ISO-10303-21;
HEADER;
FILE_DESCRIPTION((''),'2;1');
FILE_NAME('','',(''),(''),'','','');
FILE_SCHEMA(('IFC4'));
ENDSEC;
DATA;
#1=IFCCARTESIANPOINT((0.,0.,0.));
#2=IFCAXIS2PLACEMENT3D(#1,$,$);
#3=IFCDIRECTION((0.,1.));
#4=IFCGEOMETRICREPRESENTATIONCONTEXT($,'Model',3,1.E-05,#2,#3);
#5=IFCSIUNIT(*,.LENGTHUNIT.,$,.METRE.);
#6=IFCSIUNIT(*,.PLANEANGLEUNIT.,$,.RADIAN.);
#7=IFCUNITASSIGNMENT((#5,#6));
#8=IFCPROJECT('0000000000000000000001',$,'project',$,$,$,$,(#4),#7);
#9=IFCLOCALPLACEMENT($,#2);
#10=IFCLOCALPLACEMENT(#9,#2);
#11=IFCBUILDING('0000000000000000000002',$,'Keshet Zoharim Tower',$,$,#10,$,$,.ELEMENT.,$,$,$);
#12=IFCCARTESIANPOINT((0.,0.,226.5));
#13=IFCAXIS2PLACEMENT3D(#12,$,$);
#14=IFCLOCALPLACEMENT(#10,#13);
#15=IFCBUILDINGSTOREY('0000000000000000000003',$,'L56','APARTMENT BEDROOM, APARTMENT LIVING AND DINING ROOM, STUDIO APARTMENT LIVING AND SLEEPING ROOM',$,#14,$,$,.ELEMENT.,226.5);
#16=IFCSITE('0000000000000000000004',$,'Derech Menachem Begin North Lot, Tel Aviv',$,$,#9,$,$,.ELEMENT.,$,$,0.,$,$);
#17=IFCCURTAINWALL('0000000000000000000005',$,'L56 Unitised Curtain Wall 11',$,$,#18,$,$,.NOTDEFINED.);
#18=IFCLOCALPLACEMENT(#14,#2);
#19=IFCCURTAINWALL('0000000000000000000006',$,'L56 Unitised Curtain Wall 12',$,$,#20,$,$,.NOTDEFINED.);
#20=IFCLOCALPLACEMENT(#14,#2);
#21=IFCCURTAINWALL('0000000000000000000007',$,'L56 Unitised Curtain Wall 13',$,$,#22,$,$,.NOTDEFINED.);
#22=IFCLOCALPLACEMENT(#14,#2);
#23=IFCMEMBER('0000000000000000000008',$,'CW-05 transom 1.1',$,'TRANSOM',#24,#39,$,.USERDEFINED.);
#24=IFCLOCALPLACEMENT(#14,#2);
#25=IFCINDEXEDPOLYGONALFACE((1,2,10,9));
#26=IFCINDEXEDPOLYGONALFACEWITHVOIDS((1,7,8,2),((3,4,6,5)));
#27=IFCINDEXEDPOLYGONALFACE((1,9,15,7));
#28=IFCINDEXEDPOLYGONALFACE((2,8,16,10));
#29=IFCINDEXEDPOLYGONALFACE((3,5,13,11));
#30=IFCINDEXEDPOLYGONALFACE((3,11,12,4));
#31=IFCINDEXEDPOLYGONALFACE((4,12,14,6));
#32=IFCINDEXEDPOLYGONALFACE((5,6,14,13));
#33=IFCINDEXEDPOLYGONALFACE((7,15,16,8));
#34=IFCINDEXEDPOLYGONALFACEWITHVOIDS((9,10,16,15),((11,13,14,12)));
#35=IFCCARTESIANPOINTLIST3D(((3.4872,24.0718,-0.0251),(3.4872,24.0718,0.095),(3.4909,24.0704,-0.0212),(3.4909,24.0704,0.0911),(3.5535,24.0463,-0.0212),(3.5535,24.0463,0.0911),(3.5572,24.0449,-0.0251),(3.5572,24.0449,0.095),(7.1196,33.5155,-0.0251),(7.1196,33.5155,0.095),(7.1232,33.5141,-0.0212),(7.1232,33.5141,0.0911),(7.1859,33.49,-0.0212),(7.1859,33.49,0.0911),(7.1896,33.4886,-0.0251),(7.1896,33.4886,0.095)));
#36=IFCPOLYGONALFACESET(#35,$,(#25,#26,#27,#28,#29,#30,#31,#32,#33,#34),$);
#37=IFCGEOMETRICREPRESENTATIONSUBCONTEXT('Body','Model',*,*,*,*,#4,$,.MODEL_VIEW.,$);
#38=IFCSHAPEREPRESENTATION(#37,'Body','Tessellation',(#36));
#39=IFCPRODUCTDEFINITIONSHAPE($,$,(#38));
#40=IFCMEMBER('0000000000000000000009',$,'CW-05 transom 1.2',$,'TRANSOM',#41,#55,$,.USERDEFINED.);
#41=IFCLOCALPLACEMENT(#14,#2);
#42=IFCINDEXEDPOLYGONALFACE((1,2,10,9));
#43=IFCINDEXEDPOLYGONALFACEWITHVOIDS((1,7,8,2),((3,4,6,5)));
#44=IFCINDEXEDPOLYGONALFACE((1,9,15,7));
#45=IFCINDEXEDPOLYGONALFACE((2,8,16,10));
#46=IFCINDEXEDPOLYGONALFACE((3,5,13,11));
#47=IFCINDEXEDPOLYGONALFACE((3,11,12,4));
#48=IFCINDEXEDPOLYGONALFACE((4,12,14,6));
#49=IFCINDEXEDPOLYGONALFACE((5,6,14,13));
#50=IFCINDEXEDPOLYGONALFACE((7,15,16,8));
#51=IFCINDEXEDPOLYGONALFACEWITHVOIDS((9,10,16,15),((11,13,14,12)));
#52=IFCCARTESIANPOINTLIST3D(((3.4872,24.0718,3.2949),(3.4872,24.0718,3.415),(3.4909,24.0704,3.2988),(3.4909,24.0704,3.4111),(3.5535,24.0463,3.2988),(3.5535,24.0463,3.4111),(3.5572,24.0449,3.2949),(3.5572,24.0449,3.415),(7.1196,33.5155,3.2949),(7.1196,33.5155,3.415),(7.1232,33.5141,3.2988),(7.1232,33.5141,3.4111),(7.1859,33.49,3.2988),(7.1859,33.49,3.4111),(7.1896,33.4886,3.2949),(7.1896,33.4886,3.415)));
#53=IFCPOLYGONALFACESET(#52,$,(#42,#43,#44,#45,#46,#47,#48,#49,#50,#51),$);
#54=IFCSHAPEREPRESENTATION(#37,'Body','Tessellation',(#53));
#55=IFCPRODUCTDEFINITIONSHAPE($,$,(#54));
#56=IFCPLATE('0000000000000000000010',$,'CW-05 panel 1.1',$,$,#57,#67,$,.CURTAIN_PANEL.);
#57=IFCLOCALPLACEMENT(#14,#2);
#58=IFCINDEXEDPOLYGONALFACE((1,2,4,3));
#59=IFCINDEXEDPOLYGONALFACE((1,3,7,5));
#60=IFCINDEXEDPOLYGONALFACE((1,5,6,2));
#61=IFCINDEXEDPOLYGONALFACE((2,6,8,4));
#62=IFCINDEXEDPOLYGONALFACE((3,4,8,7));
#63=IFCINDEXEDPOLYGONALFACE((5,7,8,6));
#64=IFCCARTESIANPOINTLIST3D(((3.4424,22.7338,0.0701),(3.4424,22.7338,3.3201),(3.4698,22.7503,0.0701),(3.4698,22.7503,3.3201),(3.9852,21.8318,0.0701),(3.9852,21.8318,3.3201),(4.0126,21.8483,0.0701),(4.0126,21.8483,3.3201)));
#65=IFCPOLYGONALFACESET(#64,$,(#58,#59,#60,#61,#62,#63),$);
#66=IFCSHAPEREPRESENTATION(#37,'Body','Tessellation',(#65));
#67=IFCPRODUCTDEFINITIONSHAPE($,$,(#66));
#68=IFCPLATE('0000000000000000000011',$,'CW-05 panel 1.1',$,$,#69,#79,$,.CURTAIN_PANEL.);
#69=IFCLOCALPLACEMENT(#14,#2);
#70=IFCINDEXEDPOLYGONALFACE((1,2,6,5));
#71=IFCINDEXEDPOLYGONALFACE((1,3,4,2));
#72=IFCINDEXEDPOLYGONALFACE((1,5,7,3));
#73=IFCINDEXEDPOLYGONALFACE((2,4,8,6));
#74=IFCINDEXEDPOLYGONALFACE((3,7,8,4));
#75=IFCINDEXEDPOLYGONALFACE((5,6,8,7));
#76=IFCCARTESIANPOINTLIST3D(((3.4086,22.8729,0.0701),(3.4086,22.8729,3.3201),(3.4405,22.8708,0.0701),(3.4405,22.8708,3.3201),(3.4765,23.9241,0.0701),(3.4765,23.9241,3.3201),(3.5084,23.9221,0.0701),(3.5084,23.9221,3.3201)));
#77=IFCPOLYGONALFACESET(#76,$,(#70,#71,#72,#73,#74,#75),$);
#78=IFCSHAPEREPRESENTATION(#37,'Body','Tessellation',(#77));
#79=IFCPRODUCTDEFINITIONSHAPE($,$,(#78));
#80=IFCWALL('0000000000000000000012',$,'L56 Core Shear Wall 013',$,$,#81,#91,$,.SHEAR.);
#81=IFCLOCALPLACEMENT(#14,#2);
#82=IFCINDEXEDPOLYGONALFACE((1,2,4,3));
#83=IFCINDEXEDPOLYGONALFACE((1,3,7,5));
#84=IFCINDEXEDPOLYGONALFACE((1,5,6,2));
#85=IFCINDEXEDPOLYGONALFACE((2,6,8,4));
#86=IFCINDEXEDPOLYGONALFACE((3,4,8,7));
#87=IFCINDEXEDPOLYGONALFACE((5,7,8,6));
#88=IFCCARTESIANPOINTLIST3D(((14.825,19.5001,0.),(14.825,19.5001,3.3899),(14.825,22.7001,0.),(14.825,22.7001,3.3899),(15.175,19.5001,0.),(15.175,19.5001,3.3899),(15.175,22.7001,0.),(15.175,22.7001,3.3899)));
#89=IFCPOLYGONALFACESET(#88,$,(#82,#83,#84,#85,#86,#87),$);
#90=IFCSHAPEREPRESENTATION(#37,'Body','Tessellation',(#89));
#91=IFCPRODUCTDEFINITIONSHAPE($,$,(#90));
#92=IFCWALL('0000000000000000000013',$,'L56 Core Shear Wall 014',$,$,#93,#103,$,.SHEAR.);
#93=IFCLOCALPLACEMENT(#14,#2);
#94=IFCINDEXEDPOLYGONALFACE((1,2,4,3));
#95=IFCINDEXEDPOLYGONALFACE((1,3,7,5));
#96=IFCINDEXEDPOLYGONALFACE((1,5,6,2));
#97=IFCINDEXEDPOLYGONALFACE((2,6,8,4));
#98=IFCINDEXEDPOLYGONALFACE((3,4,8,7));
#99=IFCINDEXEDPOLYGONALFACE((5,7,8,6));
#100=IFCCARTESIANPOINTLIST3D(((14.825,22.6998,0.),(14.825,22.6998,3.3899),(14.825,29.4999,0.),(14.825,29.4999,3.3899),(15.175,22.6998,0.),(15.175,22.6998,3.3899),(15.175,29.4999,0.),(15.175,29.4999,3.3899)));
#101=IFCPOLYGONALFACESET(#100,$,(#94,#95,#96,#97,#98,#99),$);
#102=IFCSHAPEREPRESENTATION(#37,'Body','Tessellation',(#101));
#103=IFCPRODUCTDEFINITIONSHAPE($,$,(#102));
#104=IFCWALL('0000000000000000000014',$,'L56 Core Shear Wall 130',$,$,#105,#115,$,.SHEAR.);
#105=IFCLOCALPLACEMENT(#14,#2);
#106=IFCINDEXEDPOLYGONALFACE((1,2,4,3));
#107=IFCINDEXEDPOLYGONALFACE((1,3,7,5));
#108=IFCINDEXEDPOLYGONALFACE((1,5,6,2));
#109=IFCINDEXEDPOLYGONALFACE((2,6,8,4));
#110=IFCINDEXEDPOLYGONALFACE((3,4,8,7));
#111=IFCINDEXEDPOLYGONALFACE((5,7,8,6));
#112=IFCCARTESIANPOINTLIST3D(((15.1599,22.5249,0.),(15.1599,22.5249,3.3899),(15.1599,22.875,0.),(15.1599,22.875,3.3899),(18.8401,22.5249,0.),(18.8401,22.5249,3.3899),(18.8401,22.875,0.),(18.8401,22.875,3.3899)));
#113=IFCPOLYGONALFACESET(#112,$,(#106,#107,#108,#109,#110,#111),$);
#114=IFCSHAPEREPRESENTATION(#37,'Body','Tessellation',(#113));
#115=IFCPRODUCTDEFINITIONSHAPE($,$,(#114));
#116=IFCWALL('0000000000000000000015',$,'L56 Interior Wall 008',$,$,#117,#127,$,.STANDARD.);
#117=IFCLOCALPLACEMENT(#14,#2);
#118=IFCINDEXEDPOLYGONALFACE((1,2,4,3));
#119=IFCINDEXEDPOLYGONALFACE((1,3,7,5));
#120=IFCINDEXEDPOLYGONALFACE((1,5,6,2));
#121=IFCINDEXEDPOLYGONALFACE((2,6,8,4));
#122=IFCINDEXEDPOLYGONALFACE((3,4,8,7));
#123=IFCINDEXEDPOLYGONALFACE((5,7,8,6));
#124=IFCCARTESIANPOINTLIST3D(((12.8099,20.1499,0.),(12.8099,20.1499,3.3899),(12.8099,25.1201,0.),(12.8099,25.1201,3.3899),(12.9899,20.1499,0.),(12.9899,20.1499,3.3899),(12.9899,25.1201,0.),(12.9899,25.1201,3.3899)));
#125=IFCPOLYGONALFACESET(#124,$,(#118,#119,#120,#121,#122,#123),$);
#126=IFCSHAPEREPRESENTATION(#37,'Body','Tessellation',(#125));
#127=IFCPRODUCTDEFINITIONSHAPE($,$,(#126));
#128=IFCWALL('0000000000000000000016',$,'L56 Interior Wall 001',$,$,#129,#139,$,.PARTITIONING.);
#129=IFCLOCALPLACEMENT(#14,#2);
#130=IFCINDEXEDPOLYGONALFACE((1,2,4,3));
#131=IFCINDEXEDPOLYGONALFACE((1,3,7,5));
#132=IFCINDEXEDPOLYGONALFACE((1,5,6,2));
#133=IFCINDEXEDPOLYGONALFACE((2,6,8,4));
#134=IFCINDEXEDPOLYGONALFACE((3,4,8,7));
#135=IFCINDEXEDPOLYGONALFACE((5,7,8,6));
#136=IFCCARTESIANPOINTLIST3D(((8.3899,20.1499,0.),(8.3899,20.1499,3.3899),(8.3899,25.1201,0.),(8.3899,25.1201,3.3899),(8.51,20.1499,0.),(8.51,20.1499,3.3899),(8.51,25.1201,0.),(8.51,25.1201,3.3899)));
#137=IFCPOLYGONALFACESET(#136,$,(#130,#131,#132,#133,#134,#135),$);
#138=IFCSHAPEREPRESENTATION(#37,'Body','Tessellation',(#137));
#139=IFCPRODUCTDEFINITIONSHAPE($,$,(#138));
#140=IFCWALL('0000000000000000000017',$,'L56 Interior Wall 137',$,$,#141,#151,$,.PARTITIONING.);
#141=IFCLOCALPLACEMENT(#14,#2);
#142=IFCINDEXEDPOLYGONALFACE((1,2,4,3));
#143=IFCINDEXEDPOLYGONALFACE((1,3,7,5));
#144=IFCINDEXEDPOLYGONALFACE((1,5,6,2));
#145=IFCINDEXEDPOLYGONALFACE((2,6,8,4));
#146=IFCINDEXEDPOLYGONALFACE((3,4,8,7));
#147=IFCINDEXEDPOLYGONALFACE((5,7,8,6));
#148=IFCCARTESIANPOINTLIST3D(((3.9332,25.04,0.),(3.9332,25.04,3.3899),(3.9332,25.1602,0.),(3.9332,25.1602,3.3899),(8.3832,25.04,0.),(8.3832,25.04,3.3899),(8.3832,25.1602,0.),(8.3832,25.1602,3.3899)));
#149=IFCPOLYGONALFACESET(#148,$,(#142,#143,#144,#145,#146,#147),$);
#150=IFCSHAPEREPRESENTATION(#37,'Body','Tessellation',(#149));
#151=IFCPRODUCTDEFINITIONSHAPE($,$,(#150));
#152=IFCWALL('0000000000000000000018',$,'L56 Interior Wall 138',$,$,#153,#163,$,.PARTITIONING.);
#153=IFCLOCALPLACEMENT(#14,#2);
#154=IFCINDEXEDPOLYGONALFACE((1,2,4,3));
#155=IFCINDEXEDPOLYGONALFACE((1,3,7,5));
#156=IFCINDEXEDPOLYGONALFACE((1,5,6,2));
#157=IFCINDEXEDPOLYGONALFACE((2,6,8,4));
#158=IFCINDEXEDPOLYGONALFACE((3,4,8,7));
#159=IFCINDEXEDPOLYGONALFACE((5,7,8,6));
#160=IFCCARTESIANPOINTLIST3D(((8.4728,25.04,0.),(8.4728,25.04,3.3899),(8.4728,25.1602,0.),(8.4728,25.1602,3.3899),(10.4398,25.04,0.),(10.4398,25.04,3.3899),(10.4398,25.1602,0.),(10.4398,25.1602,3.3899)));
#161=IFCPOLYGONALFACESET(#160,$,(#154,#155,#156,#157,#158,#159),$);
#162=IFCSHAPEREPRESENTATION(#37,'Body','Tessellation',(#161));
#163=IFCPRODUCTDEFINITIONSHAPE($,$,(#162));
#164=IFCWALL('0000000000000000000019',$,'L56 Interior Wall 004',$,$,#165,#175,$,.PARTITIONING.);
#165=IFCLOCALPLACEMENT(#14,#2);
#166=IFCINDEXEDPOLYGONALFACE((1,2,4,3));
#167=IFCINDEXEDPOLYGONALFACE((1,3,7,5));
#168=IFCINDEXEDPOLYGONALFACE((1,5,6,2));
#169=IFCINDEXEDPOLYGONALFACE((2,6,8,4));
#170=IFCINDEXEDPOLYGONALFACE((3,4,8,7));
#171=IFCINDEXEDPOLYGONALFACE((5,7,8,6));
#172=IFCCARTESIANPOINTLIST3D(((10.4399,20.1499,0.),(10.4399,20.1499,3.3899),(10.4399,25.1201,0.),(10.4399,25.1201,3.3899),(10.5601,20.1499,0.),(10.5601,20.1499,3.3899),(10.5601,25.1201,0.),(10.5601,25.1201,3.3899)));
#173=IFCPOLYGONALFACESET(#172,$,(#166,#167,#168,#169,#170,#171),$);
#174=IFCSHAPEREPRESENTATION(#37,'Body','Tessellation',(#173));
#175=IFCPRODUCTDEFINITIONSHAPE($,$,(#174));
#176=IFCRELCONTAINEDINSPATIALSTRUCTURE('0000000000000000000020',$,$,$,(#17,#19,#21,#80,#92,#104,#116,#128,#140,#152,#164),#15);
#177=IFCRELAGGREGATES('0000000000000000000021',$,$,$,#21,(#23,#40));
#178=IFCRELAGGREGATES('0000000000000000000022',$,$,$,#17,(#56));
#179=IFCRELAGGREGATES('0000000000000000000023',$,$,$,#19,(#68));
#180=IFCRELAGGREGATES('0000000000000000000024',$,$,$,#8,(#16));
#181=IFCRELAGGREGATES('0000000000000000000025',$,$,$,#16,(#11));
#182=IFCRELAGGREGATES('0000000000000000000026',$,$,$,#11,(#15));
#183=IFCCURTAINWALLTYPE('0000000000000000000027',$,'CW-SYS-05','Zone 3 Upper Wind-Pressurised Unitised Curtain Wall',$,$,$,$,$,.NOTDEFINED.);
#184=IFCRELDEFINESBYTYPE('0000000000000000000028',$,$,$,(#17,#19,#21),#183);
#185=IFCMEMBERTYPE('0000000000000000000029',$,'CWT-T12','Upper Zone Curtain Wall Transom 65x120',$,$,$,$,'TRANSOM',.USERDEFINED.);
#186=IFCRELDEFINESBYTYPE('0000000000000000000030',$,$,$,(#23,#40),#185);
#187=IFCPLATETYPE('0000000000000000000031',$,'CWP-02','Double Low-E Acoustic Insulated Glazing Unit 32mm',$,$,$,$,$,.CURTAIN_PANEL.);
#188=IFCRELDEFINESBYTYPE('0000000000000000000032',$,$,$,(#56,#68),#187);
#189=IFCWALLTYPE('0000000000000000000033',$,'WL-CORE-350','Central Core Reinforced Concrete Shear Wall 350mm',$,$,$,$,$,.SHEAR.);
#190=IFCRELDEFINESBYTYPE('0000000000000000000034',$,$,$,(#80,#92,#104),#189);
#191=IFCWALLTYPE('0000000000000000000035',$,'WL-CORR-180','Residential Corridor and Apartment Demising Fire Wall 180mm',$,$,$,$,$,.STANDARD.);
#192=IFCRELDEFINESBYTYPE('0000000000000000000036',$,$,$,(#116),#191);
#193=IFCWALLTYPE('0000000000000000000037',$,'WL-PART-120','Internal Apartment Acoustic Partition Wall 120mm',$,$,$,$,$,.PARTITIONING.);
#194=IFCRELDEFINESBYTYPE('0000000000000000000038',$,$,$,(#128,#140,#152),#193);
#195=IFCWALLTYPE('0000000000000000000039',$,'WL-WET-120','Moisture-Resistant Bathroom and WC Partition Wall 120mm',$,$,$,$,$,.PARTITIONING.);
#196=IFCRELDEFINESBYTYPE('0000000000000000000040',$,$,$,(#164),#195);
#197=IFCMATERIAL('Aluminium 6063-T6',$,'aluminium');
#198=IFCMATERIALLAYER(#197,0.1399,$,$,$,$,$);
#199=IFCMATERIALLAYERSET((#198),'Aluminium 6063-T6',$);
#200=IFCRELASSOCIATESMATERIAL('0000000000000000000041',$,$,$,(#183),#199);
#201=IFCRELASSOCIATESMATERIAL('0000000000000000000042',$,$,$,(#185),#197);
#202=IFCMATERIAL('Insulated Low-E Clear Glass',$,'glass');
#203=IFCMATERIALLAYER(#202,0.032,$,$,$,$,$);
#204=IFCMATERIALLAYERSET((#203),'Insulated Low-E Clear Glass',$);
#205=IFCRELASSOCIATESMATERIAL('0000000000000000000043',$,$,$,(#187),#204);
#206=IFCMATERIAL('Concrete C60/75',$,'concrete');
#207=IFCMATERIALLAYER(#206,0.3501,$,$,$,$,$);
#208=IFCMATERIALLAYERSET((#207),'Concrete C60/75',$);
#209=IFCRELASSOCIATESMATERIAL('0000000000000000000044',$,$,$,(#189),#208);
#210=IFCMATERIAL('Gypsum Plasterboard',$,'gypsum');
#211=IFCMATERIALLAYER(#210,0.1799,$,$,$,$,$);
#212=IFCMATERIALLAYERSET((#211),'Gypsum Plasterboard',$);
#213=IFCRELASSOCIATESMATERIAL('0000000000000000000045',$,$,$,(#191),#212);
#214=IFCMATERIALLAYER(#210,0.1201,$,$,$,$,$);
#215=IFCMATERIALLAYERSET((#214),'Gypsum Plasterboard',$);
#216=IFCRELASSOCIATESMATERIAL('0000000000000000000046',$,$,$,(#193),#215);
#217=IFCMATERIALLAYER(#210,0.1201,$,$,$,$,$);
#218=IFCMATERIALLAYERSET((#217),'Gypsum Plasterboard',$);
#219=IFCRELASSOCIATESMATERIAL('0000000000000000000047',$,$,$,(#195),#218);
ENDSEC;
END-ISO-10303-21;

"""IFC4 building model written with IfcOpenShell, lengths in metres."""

from ifc_helpers import new_model, si_unit, direction, frame, frame_2d, origin, origin_2d, place, context, subcontext, project, spatial, rectangle, hollow_rectangle, extrude, material, layer, layer_set, material_profile, profile_set, type_object, element, aggregate, save


model = new_model("IFC4")

# Units and contexts
model_context = context("Model", 3, precision=1e-05, world=origin(), true_north=direction((0.0, 1.0)))
body_context = subcontext(model_context, "Body", "Model", "MODEL_VIEW")
ifc_project = project(units=[si_unit("LENGTHUNIT", "METRE"), si_unit("PLANEANGLEUNIT", "RADIAN")], contexts=[model_context])

# Site, building, storey
site_placement = place(None, origin())
site = spatial("IfcSite", under=ifc_project, at=site_placement, Name="Derech Menachem Begin North Lot, Tel Aviv", CompositionType="ELEMENT", RefElevation=0.0)
building_placement = place(site_placement, origin())
building = spatial("IfcBuilding", under=site, at=building_placement, Name="Keshet Zoharim Tower", CompositionType="ELEMENT")
storey_placement = place(building_placement, frame((0.0, 0.0, 226.5)))
storey = spatial("IfcBuildingStorey", under=building, at=storey_placement, Name="L56", Description="APARTMENT BEDROOM, APARTMENT LIVING AND DINING ROOM, STUDIO APARTMENT LIVING AND SLEEPING ROOM", CompositionType="ELEMENT", Elevation=226.5)

# Shared definitions
ifc_material_1 = material(Name="Aluminium 6063-T6", Category="aluminium")
ifc_layer_1 = layer(ifc_material_1, 0.1399)
ifc_layer_set_1 = layer_set([ifc_layer_1], Name="Aluminium 6063-T6")
curtain_wall_type = type_object("IfcCurtainWallType", Name="CW-SYS-05", Description="Zone 3 Upper Wind-Pressurised Unitised Curtain Wall", PredefinedType="NOTDEFINED", material=ifc_layer_set_1)

# Curtain walls
curtain_wall_1_placement = place(storey_placement, origin())
curtain_wall_1 = element("IfcCurtainWall", 1, at=curtain_wall_1_placement, inside=storey, type_object=curtain_wall_type, Name="L56 Unitised Curtain Wall 11", PredefinedType="NOTDEFINED")
curtain_wall_2_placement = place(storey_placement, origin())
curtain_wall_2 = element("IfcCurtainWall", 2, at=curtain_wall_2_placement, inside=storey, type_object=curtain_wall_type, Name="L56 Unitised Curtain Wall 12", PredefinedType="NOTDEFINED")

# Curtain wall
curtain_wall_3_placement = place(storey_placement, origin())
curtain_wall_3 = element("IfcCurtainWall", 3, at=curtain_wall_3_placement, inside=storey, type_object=curtain_wall_type, Name="L56 Unitised Curtain Wall 13", PredefinedType="NOTDEFINED")

# Members
ifc_material_profile_1 = material_profile(ifc_material_1, hollow_rectangle(XDim=0.075, YDim=0.1201, WallThickness=0.0039, at=origin_2d()), Name="TRN-75x120")
ifc_profile_set_1 = profile_set([ifc_material_profile_1], Name="Aluminium 6063-T6")
member_type_1 = type_object("IfcMemberType", Name="CWT-T12", Description="Upper Zone Curtain Wall Transom 65x120", ElementType="TRANSOM", PredefinedType="USERDEFINED", material=ifc_profile_set_1)
member_1_placement = place(storey_placement, frame((3.5222, 24.0583, 0.0349), z_axis=(0.358994, 0.93334, 0.0), x_axis=(-0.93334, 0.358994, 0.0)))
member_1 = element("IfcMember", 4, at=member_1_placement, type_object=member_type_1, Name="CW-05 transom 1.1", ObjectType="TRANSOM", PredefinedType="USERDEFINED", context=body_context, shape_type="SweptSolid", body=[
    extrude(hollow_rectangle(XDim=0.075, YDim=0.1201, WallThickness=0.0039, at=origin_2d()), origin(), (0.0, 0.0, 1.0), 10.1182),
])
member_2_placement = place(storey_placement, frame((3.5222, 24.0583, 3.355), z_axis=(0.358994, 0.93334, 0.0), x_axis=(-0.93334, 0.358994, 0.0)))
member_2 = element("IfcMember", 5, at=member_2_placement, type_object=member_type_1, Name="CW-05 transom 1.2", ObjectType="TRANSOM", PredefinedType="USERDEFINED", context=body_context, shape_type="SweptSolid", body=[
    extrude(hollow_rectangle(XDim=0.075, YDim=0.1201, WallThickness=0.0039, at=origin_2d()), origin(), (0.0, 0.0, 1.0), 10.1182),
])
aggregate(curtain_wall_3, [member_1, member_2])

# Plates
ifc_material_2 = material(Name="Insulated Low-E Clear Glass", Category="glass")
ifc_layer_2 = layer(ifc_material_2, 0.032)
ifc_layer_set_2 = layer_set([ifc_layer_2], Name="Insulated Low-E Clear Glass")
plate_type = type_object("IfcPlateType", Name="CWP-02", Description="Double Low-E Acoustic Insulated Glazing Unit 32mm", PredefinedType="CURTAIN_PANEL", material=ifc_layer_set_2)
plate_1_placement = place(storey_placement, frame((3.7275, 22.291, 0.0701), z_axis=(0.0, 0.0, 1.0), x_axis=(-0.515605, 0.856826, 0.0)))
plate_1 = element("IfcPlate", 6, at=plate_1_placement, type_object=plate_type, Name="CW-05 panel 1.1", PredefinedType="CURTAIN_PANEL", context=body_context, shape_type="SweptSolid", body=[
    extrude(rectangle(XDim=1.0527, YDim=0.032, at=origin_2d()), origin(), (0.0, 0.0, 1.0), 3.25),
])
aggregate(curtain_wall_1, [plate_1])
plate_2_placement = place(storey_placement, frame((3.4585, 23.3975, 0.0701), z_axis=(0.0, 0.0, 1.0), x_axis=(0.064517, 0.997917, 0.0)))
plate_2 = element("IfcPlate", 7, at=plate_2_placement, type_object=plate_type, Name="CW-05 panel 1.1", PredefinedType="CURTAIN_PANEL", context=body_context, shape_type="SweptSolid", body=[
    extrude(rectangle(XDim=1.0535, YDim=0.032, at=origin_2d()), origin(), (0.0, 0.0, 1.0), 3.25),
])
aggregate(curtain_wall_2, [plate_2])

# Walls
ifc_material_3 = material(Name="Concrete C60/75", Category="concrete")
ifc_layer_3 = layer(ifc_material_3, 0.3501)
ifc_layer_set_3 = layer_set([ifc_layer_3], Name="Concrete C60/75")
wall_type_1 = type_object("IfcWallType", Name="WL-CORE-350", Description="Central Core Reinforced Concrete Shear Wall 350mm", PredefinedType="SHEAR", material=ifc_layer_set_3)
wall_1_placement = place(storey_placement, frame((15.0, 19.5, 0.0), z_axis=(0.0, 0.0, 1.0), x_axis=(0.0, 1.0, 0.0)))
element("IfcWall", 8, at=wall_1_placement, inside=storey, type_object=wall_type_1, Name="L56 Core Shear Wall 013", PredefinedType="SHEAR", context=body_context, shape_type="SweptSolid", body=[
    extrude(rectangle(XDim=3.2, YDim=0.3501, at=frame_2d((1.6001, 0.0))), origin(), (0.0, 0.0, 1.0), 3.3899),
])
wall_2_placement = place(storey_placement, frame((15.0, 22.7, 0.0), z_axis=(0.0, 0.0, 1.0), x_axis=(0.0, 1.0, 0.0)))
element("IfcWall", 9, at=wall_2_placement, inside=storey, type_object=wall_type_1, Name="L56 Core Shear Wall 014", PredefinedType="SHEAR", context=body_context, shape_type="SweptSolid", body=[
    extrude(rectangle(XDim=6.8, YDim=0.3501, at=frame_2d((3.3999, 0.0))), origin(), (0.0, 0.0, 1.0), 3.3899),
])
wall_3_placement = place(storey_placement, frame((15.1599, 22.7, 0.0), z_axis=(0.0, 0.0, 1.0), x_axis=(1.0, 0.0, 0.0)))
element("IfcWall", 10, at=wall_3_placement, inside=storey, type_object=wall_type_1, Name="L56 Core Shear Wall 130", PredefinedType="SHEAR", context=body_context, shape_type="SweptSolid", body=[
    extrude(rectangle(XDim=3.6802, YDim=0.3501, at=frame_2d((1.8401, 0.0))), origin(), (0.0, 0.0, 1.0), 3.3899),
])
ifc_material_4 = material(Name="Gypsum Plasterboard", Category="gypsum")
ifc_layer_4 = layer(ifc_material_4, 0.1799)
ifc_layer_set_4 = layer_set([ifc_layer_4], Name="Gypsum Plasterboard")
wall_type_2 = type_object("IfcWallType", Name="WL-CORR-180", Description="Residential Corridor and Apartment Demising Fire Wall 180mm", PredefinedType="STANDARD", material=ifc_layer_set_4)
wall_4_placement = place(storey_placement, frame((12.8999, 20.1499, 0.0), z_axis=(0.0, 0.0, 1.0), x_axis=(0.0, 1.0, 0.0)))
element("IfcWall", 11, at=wall_4_placement, inside=storey, type_object=wall_type_2, Name="L56 Interior Wall 008", PredefinedType="STANDARD", context=body_context, shape_type="SweptSolid", body=[
    extrude(rectangle(XDim=4.9702, YDim=0.1799, at=frame_2d((2.4851, 0.0))), origin(), (0.0, 0.0, 1.0), 3.3899),
])

# Wall
ifc_layer_5 = layer(ifc_material_4, 0.1201)
ifc_layer_set_5 = layer_set([ifc_layer_5], Name="Gypsum Plasterboard")
wall_type_3 = type_object("IfcWallType", Name="WL-PART-120", Description="Internal Apartment Acoustic Partition Wall 120mm", PredefinedType="PARTITIONING", material=ifc_layer_set_5)
wall_5_placement = place(storey_placement, frame((8.45, 20.1499, 0.0), z_axis=(0.0, 0.0, 1.0), x_axis=(0.0, 1.0, 0.0)))
element("IfcWall", 12, at=wall_5_placement, inside=storey, type_object=wall_type_3, Name="L56 Interior Wall 001", PredefinedType="PARTITIONING", context=body_context, shape_type="SweptSolid", body=[
    extrude(rectangle(XDim=4.9702, YDim=0.1201, at=frame_2d((2.4851, 0.0))), origin(), (0.0, 0.0, 1.0), 3.3899),
])

# Walls
wall_6_placement = place(storey_placement, frame((3.9331, 25.1001, 0.0), z_axis=(0.0, 0.0, 1.0), x_axis=(1.0, 0.0, 0.0)))
element("IfcWall", 13, at=wall_6_placement, inside=storey, type_object=wall_type_3, Name="L56 Interior Wall 137", PredefinedType="PARTITIONING", context=body_context, shape_type="SweptSolid", body=[
    extrude(rectangle(XDim=4.45, YDim=0.1201, at=frame_2d((2.2251, 0.0))), origin(), (0.0, 0.0, 1.0), 3.3899),
])
wall_7_placement = place(storey_placement, frame((8.4729, 25.1001, 0.0), z_axis=(0.0, 0.0, 1.0), x_axis=(1.0, 0.0, 0.0)))
element("IfcWall", 14, at=wall_7_placement, inside=storey, type_object=wall_type_3, Name="L56 Interior Wall 138", PredefinedType="PARTITIONING", context=body_context, shape_type="SweptSolid", body=[
    extrude(rectangle(XDim=1.967, YDim=0.1201, at=frame_2d((0.9834, 0.0))), origin(), (0.0, 0.0, 1.0), 3.3899),
])
ifc_layer_6 = layer(ifc_material_4, 0.1201)
ifc_layer_set_6 = layer_set([ifc_layer_6], Name="Gypsum Plasterboard")
wall_type_4 = type_object("IfcWallType", Name="WL-WET-120", Description="Moisture-Resistant Bathroom and WC Partition Wall 120mm", PredefinedType="PARTITIONING", material=ifc_layer_set_6)
wall_8_placement = place(storey_placement, frame((10.5, 20.1499, 0.0), z_axis=(0.0, 0.0, 1.0), x_axis=(0.0, 1.0, 0.0)))
element("IfcWall", 15, at=wall_8_placement, inside=storey, type_object=wall_type_4, Name="L56 Interior Wall 004", PredefinedType="PARTITIONING", context=body_context, shape_type="SweptSolid", body=[
    extrude(rectangle(XDim=4.9702, YDim=0.1201, at=frame_2d((2.4851, 0.0))), origin(), (0.0, 0.0, 1.0), 3.3899),
])

save(model, "model.ifc")
